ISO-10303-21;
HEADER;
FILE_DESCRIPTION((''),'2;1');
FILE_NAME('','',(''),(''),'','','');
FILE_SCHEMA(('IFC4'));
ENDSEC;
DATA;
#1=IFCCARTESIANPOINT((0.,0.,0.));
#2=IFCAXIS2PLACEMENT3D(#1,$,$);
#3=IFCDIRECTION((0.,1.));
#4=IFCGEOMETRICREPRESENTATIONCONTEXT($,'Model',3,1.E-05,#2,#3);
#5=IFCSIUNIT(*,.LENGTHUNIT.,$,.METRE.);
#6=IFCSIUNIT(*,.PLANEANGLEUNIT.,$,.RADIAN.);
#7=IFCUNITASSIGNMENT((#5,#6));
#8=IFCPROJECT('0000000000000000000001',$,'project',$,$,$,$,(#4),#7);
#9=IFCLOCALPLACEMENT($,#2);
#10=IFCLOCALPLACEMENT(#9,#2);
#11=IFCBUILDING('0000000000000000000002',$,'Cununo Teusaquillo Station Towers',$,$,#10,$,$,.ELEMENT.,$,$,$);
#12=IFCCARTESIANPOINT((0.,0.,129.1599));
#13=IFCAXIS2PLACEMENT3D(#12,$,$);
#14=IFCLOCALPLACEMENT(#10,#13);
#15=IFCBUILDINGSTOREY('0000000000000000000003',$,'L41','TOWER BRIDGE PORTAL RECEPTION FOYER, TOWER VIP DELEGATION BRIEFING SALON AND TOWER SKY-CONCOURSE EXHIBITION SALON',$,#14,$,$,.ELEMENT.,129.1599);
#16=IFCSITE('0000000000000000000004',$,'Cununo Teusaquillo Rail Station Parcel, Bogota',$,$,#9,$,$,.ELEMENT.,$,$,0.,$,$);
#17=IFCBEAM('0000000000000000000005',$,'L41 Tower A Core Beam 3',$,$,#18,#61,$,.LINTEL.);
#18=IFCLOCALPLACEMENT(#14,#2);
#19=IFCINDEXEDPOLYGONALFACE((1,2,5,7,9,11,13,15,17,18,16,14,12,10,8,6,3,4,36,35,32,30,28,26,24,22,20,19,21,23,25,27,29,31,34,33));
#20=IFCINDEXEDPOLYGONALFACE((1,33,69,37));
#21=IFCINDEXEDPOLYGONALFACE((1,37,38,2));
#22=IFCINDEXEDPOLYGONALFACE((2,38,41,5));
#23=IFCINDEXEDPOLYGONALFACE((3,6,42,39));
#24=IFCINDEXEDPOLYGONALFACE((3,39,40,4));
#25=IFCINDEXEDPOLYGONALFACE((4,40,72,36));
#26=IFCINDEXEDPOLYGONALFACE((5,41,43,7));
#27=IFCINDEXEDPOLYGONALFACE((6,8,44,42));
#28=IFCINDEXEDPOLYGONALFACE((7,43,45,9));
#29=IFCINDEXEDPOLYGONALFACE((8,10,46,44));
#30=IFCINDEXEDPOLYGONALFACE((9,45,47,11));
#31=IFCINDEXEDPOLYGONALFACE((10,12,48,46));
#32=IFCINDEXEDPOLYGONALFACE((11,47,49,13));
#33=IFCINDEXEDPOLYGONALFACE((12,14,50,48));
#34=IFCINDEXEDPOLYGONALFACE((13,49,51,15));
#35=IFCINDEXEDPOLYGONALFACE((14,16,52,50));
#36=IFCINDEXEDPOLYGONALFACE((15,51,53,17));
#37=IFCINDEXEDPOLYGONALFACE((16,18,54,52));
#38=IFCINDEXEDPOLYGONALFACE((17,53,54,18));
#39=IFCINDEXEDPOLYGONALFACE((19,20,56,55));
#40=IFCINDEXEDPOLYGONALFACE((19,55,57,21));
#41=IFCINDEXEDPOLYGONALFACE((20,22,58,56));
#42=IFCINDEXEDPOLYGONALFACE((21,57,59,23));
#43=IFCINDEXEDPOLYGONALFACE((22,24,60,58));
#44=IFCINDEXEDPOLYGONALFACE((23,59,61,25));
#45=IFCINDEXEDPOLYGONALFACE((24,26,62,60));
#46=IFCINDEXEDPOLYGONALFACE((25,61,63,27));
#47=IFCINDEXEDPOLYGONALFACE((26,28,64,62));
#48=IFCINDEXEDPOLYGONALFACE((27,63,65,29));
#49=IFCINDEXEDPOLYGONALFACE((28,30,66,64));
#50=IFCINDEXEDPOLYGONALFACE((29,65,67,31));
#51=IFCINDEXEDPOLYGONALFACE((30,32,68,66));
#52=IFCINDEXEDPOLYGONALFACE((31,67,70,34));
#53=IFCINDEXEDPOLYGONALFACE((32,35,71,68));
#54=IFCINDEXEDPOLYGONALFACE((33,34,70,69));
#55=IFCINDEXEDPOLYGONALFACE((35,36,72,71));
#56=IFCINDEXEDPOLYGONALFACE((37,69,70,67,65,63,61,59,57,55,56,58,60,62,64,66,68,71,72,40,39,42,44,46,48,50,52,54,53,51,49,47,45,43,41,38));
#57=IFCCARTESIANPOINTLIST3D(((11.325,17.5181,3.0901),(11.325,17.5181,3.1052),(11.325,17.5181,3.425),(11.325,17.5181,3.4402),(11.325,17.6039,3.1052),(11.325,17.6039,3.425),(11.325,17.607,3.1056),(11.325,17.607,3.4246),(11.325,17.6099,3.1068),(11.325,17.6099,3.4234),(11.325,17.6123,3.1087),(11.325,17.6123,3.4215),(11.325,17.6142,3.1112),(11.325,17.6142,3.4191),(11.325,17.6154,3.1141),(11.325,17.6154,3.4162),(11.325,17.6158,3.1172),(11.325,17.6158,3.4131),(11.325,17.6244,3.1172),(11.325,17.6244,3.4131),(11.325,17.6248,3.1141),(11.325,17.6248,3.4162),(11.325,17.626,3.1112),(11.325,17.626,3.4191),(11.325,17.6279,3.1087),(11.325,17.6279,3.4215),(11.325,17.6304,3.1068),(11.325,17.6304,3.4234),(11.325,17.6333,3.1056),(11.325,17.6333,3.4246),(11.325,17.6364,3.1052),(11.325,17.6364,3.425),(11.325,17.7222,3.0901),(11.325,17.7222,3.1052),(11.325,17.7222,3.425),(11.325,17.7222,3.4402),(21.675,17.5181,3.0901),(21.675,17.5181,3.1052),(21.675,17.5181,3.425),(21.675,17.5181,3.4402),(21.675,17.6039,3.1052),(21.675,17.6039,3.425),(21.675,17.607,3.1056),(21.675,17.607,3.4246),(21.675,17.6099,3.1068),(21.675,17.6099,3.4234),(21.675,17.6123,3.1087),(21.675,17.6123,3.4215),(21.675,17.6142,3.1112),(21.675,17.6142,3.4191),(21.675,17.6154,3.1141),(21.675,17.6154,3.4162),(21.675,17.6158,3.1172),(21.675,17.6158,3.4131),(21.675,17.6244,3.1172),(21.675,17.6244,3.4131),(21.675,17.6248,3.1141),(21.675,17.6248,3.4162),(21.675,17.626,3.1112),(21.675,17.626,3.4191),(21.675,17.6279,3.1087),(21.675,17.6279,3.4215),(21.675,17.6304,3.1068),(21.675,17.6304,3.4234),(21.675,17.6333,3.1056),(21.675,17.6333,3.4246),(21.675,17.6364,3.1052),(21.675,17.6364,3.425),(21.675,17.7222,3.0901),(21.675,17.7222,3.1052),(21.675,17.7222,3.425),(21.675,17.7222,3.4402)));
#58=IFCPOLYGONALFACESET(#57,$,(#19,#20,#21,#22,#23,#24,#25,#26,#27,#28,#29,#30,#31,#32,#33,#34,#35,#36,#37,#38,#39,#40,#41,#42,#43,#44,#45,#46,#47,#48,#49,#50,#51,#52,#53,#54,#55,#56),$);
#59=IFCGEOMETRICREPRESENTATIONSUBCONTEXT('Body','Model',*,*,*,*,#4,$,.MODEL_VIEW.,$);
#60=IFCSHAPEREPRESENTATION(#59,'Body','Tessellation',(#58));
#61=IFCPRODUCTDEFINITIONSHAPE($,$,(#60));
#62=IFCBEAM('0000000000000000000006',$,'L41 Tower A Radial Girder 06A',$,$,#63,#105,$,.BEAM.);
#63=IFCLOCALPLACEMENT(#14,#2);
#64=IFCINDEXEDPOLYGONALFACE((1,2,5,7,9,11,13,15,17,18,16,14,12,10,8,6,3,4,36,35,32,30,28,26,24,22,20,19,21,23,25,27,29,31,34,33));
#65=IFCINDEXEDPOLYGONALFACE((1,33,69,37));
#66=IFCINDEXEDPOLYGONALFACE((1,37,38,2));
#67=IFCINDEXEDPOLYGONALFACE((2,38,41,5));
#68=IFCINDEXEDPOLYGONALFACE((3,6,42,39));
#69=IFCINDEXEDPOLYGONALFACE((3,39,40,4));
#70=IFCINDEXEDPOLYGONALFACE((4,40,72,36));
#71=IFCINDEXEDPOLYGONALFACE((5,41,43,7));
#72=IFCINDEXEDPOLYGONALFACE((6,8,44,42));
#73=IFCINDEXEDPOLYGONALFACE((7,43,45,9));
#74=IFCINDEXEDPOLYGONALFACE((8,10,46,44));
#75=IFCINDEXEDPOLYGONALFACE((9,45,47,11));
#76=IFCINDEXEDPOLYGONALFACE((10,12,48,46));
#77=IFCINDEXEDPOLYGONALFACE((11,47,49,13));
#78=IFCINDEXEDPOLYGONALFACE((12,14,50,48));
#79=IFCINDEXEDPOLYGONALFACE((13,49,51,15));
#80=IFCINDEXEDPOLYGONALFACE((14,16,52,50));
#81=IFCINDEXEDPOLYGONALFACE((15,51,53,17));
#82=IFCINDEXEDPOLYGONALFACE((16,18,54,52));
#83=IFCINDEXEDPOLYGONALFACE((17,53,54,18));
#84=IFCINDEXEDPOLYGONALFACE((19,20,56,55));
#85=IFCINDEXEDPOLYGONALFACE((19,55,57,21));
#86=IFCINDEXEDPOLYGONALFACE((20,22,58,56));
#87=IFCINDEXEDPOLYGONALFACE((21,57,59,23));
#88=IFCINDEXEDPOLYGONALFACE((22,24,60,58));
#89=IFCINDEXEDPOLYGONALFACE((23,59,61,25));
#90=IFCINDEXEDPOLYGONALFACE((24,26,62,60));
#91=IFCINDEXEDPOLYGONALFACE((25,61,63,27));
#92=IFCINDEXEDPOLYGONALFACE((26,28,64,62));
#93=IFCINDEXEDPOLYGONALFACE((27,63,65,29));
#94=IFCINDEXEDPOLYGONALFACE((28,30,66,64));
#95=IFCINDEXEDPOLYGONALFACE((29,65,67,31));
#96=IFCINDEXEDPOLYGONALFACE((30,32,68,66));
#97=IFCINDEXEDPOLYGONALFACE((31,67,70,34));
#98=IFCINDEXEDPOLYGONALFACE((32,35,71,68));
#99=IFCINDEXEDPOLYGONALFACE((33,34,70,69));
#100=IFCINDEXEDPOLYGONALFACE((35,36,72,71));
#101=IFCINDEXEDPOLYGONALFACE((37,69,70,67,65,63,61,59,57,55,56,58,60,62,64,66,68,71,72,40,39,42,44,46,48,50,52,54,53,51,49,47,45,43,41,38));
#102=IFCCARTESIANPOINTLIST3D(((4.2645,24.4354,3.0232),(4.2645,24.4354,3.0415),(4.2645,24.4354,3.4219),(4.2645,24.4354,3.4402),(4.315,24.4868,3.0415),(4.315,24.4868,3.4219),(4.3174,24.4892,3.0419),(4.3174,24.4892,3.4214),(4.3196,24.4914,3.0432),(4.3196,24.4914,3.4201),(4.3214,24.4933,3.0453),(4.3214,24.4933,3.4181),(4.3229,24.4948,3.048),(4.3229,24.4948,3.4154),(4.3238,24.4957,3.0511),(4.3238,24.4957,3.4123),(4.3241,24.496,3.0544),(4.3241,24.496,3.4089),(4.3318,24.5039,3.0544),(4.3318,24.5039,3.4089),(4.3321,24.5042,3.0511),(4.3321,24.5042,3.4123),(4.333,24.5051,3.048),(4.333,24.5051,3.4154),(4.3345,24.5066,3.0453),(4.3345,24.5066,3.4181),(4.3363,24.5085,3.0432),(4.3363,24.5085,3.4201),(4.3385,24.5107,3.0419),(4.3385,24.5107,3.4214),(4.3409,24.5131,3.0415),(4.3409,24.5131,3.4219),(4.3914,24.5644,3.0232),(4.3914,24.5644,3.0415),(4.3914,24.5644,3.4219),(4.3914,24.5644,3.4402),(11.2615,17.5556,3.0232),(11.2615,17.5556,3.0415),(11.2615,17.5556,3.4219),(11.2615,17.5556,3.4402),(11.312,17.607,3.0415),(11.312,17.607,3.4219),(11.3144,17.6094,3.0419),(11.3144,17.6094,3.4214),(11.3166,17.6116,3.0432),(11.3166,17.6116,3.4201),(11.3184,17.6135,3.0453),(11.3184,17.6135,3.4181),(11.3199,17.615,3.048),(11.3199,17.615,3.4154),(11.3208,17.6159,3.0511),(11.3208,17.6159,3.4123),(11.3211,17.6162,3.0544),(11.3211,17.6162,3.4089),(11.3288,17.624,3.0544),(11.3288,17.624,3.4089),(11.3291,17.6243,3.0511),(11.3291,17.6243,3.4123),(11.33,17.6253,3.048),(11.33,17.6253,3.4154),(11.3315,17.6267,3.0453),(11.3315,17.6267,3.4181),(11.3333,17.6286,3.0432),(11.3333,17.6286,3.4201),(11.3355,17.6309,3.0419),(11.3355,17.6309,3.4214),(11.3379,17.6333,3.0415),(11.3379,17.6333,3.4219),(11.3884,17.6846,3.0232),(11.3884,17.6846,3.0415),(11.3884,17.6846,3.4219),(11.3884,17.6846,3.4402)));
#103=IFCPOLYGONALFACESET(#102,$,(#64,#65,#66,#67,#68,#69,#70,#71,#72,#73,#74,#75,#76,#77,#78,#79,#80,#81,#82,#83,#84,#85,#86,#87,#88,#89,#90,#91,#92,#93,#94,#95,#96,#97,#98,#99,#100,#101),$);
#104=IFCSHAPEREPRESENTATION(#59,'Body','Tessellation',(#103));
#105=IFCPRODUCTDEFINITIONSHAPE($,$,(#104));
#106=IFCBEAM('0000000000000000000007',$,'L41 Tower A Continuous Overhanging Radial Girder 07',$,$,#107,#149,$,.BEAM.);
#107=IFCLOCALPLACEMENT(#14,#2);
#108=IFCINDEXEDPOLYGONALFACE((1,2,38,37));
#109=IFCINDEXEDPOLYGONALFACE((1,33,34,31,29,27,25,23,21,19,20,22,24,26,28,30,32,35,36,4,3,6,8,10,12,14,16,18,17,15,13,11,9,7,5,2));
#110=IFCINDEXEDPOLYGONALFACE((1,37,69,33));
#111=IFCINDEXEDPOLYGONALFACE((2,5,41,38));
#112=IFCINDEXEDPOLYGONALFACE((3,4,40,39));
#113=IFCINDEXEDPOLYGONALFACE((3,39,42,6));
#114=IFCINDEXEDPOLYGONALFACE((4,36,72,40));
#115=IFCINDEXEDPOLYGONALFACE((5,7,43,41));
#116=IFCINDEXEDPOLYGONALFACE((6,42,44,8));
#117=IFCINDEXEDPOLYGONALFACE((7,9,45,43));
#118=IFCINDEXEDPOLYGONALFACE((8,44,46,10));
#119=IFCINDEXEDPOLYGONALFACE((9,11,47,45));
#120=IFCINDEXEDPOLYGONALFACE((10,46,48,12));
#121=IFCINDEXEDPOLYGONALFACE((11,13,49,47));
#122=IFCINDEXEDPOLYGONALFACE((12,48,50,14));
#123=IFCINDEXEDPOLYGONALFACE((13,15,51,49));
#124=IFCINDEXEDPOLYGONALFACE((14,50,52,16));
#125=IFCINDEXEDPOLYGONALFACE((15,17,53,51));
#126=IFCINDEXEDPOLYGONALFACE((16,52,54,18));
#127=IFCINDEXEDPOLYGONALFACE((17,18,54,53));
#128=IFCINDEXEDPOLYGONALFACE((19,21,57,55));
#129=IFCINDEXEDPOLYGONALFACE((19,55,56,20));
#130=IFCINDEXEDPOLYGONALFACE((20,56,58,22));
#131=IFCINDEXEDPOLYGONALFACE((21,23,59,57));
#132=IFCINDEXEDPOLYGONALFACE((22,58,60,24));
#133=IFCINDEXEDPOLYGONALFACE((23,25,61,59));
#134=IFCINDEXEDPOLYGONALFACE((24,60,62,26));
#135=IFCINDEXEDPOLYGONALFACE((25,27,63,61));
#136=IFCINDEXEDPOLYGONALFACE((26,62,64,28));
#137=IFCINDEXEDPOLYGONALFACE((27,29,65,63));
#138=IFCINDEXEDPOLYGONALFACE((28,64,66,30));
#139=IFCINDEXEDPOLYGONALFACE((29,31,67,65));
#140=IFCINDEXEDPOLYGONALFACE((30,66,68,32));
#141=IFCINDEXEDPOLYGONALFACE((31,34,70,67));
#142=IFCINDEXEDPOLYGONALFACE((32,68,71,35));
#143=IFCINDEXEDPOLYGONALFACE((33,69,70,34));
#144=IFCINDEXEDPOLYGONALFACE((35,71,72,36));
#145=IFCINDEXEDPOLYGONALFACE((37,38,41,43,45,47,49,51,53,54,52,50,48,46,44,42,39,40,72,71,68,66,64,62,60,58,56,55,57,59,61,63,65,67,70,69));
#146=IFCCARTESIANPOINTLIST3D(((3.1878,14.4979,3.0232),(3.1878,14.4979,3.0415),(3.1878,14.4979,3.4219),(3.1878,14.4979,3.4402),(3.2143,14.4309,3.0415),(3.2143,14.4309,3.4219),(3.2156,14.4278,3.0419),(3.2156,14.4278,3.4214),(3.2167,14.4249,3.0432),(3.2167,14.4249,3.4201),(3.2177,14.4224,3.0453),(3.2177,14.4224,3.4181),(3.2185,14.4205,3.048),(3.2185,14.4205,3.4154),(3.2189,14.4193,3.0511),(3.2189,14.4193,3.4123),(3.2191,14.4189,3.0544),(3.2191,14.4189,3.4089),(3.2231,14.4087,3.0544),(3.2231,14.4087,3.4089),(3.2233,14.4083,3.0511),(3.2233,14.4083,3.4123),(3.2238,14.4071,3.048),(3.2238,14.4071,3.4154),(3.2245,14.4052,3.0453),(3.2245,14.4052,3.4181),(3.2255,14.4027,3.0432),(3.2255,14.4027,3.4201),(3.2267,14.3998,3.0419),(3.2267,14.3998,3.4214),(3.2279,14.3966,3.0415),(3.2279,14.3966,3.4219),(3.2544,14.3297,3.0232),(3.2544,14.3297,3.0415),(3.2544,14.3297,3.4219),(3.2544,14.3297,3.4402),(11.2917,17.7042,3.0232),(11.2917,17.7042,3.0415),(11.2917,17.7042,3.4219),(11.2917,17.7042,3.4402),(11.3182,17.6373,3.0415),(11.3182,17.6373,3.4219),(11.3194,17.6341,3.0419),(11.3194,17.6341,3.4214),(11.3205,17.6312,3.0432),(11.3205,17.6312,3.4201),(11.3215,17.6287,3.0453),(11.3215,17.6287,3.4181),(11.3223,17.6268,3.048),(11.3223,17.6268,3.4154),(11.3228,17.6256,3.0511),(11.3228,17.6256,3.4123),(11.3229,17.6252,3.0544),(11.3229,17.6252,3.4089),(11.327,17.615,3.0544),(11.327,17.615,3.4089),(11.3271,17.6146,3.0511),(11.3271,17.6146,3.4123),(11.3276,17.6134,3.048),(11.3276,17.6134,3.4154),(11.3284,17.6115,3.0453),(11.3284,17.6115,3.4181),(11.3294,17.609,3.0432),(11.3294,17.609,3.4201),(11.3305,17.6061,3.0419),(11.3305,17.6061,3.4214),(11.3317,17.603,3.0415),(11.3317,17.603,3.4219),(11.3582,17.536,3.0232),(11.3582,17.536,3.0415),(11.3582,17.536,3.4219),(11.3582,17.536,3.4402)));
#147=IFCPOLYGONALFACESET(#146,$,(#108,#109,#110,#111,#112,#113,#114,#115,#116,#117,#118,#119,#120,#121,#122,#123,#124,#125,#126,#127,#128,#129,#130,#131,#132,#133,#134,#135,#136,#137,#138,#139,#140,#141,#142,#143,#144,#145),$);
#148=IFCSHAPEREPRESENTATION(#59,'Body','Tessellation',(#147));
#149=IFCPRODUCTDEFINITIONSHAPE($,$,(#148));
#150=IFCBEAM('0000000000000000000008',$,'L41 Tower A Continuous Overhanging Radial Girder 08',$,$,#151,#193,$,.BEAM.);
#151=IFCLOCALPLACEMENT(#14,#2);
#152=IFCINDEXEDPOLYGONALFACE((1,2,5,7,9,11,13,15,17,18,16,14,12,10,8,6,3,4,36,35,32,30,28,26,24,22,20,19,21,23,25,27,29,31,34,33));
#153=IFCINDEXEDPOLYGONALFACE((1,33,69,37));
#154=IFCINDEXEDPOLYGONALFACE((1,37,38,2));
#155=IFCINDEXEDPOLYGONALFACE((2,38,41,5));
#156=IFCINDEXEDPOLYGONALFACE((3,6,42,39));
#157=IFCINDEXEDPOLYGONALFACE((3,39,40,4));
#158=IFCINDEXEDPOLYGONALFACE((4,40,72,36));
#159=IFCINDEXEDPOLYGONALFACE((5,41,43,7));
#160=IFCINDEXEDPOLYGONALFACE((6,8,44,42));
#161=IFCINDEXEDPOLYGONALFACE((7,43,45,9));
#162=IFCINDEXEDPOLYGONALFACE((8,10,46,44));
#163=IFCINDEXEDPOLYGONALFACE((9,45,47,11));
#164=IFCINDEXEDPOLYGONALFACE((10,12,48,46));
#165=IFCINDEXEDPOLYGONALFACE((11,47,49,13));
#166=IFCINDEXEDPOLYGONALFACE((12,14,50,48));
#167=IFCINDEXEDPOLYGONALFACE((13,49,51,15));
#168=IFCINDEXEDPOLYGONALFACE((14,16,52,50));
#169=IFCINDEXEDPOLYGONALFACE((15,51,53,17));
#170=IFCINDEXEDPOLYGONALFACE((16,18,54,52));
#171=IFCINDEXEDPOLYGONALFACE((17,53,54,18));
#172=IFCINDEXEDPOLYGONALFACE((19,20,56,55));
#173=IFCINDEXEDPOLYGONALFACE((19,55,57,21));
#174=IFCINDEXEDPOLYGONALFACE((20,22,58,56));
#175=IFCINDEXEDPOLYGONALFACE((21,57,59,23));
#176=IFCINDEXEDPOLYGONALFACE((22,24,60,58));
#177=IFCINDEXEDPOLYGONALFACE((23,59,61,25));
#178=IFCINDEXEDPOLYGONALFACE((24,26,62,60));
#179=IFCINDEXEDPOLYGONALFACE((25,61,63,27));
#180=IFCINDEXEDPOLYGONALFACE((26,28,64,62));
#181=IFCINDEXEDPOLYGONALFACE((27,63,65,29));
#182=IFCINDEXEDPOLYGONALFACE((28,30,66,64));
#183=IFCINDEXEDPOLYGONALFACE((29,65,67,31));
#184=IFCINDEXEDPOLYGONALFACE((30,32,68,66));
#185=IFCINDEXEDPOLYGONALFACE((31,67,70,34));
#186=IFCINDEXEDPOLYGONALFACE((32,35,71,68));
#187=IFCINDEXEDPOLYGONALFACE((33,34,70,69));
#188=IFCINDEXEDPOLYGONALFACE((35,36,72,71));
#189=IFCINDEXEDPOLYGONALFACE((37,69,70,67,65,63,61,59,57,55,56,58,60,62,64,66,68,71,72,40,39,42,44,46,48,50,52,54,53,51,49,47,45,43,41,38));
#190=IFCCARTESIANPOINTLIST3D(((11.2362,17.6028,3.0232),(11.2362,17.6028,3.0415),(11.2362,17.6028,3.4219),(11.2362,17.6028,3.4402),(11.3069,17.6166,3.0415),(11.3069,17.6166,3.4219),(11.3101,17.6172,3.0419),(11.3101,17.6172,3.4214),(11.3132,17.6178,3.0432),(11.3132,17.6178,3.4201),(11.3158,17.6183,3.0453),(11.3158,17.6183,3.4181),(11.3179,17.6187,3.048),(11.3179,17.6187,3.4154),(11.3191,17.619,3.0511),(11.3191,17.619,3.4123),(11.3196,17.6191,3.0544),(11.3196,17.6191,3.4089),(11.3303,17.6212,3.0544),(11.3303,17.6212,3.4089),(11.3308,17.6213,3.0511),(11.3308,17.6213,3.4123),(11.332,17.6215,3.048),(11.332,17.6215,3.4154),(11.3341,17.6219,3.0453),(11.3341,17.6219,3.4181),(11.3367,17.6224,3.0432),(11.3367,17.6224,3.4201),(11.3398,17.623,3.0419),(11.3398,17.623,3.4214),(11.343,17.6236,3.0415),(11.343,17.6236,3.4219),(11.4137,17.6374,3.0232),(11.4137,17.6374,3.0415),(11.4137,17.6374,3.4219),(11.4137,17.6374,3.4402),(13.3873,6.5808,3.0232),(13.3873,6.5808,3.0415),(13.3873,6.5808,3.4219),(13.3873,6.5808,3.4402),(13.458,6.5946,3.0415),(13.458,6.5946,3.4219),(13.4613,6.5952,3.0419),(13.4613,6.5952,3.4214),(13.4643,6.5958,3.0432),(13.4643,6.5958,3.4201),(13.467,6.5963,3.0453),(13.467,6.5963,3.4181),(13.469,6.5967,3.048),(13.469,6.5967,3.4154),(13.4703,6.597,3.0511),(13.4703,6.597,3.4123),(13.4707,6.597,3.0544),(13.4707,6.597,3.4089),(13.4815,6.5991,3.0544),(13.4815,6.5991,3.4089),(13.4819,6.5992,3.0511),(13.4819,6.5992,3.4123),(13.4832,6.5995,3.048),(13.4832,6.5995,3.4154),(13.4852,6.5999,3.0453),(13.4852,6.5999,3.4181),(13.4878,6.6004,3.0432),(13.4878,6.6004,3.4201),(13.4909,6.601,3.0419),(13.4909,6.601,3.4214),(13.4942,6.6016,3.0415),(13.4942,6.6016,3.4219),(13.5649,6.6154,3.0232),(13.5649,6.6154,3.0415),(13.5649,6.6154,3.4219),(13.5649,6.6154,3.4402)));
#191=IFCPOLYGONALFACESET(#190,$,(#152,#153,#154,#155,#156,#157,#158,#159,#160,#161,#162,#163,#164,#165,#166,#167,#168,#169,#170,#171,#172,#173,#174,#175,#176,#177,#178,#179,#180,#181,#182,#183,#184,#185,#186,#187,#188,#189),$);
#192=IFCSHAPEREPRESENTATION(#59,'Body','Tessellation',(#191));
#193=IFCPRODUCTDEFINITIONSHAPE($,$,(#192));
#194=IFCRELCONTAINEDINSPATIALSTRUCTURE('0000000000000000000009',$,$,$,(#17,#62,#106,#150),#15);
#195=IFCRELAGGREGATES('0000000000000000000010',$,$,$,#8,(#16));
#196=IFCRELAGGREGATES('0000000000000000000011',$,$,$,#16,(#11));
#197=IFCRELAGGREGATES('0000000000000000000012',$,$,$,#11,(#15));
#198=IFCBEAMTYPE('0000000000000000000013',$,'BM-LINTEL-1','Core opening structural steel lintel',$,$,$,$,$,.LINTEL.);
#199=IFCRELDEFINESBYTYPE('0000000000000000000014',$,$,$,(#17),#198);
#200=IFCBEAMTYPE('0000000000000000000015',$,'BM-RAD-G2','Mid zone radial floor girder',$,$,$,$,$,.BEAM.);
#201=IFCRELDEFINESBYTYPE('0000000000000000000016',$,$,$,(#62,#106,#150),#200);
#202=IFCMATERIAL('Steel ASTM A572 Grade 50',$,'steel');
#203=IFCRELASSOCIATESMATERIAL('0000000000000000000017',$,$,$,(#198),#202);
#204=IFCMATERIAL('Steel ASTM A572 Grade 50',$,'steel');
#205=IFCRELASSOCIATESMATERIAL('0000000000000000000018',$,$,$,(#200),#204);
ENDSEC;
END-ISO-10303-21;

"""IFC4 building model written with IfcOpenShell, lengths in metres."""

from ifc_helpers import new_model, si_unit, direction, frame, origin, origin_2d, place, context, subcontext, project, spatial, i_section, extrude, material, material_profile, profile_set, type_object, element, save


model = new_model("IFC4")

# Units and contexts
model_context = context("Model", 3, precision=1e-05, world=origin(), true_north=direction((0.0, 1.0)))
body_context = subcontext(model_context, "Body", "Model", "MODEL_VIEW")
ifc_project = project(units=[si_unit("LENGTHUNIT", "METRE"), si_unit("PLANEANGLEUNIT", "RADIAN")], contexts=[model_context])

# Site, building, storey
site_placement = place(None, origin())
site = spatial("IfcSite", under=ifc_project, at=site_placement, Name="Cununo Teusaquillo Rail Station Parcel, Bogota", CompositionType="ELEMENT", RefElevation=0.0)
building_placement = place(site_placement, origin())
building = spatial("IfcBuilding", under=site, at=building_placement, Name="Cununo Teusaquillo Station Towers", CompositionType="ELEMENT")
storey_placement = place(building_placement, frame((0.0, 0.0, 129.1599)))
storey = spatial("IfcBuildingStorey", under=building, at=storey_placement, Name="L41", Description="TOWER BRIDGE PORTAL RECEPTION FOYER, TOWER VIP DELEGATION BRIEFING SALON AND TOWER SKY-CONCOURSE EXHIBITION SALON", CompositionType="ELEMENT", Elevation=129.1599)

# Beams
ifc_material_1 = material(Name="Steel ASTM A572 Grade 50", Category="steel")
ifc_material_profile_1 = material_profile(ifc_material_1, i_section(OverallWidth=0.2041, OverallDepth=0.3501, WebThickness=0.0085, FlangeThickness=0.0151, FilletRadius=0.012, at=origin_2d()), Name="W14X48")
ifc_profile_set_1 = profile_set([ifc_material_profile_1], Name="Steel ASTM A572 Grade 50")
beam_type_1 = type_object("IfcBeamType", Name="BM-LINTEL-1", Description="Core opening structural steel lintel", PredefinedType="LINTEL", material=ifc_profile_set_1)
beam_1_placement = place(storey_placement, frame((11.325, 17.6201, 3.2651), z_axis=(1.0, 0.0, 0.0), x_axis=(0.0, 1.0, 0.0)))
element("IfcBeam", 1, at=beam_1_placement, inside=storey, type_object=beam_type_1, Name="L41 Tower A Core Beam 3", PredefinedType="LINTEL", context=body_context, shape_type="SweptSolid", body=[
    extrude(i_section(OverallWidth=0.2041, OverallDepth=0.3501, WebThickness=0.0085, FlangeThickness=0.0151, FilletRadius=0.012, at=origin_2d()), origin(), (0.0, 0.0, 1.0), 10.3501),
])
ifc_material_2 = material(Name="Steel ASTM A572 Grade 50", Category="steel")
ifc_material_profile_2 = material_profile(ifc_material_2, i_section(OverallWidth=0.1809, OverallDepth=0.417, WebThickness=0.011, FlangeThickness=0.0183, FilletRadius=0.0129, at=origin_2d()), Name="W16X57")
ifc_profile_set_2 = profile_set([ifc_material_profile_2], Name="Steel ASTM A572 Grade 50")
beam_type_2 = type_object("IfcBeamType", Name="BM-RAD-G2", Description="Mid zone radial floor girder", PredefinedType="BEAM", material=ifc_profile_set_2)
beam_2_placement = place(storey_placement, frame((11.325, 17.6201, 3.2317), z_axis=(-0.713053, 0.70111, 0.0), x_axis=(-0.70111, -0.713053, 0.0)))
element("IfcBeam", 2, at=beam_2_placement, inside=storey, type_object=beam_type_2, Name="L41 Tower A Radial Girder 06A", PredefinedType="BEAM", context=body_context, shape_type="SweptSolid", body=[
    extrude(i_section(OverallWidth=0.1809, OverallDepth=0.417, WebThickness=0.011, FlangeThickness=0.0183, FilletRadius=0.0129, at=origin_2d()), origin(), (0.0, 0.0, 1.0), 9.8127),
])
beam_3_placement = place(storey_placement, frame((11.325, 17.6201, 3.2317), z_axis=(-0.929863, -0.367906, 0.0), x_axis=(0.367906, -0.929863, 0.0)))
element("IfcBeam", 3, at=beam_3_placement, inside=storey, type_object=beam_type_2, Name="L41 Tower A Continuous Overhanging Radial Girder 07", PredefinedType="BEAM", context=body_context, shape_type="SweptSolid", body=[
    extrude(i_section(OverallWidth=0.1809, OverallDepth=0.417, WebThickness=0.011, FlangeThickness=0.0183, FilletRadius=0.0129, at=origin_2d()), origin(), (0.0, 0.0, 1.0), 8.7151),
])
beam_4_placement = place(storey_placement, frame((11.325, 17.6201, 3.2317), z_axis=(0.191553, -0.981482, 0.0), x_axis=(0.981482, 0.191553, 0.0)))
element("IfcBeam", 4, at=beam_4_placement, inside=storey, type_object=beam_type_2, Name="L41 Tower A Continuous Overhanging Radial Girder 08", PredefinedType="BEAM", context=body_context, shape_type="SweptSolid", body=[
    extrude(i_section(OverallWidth=0.1809, OverallDepth=0.417, WebThickness=0.011, FlangeThickness=0.0183, FilletRadius=0.0129, at=origin_2d()), origin(), (0.0, 0.0, 1.0), 11.23),
])

save(model, "model.ifc")
